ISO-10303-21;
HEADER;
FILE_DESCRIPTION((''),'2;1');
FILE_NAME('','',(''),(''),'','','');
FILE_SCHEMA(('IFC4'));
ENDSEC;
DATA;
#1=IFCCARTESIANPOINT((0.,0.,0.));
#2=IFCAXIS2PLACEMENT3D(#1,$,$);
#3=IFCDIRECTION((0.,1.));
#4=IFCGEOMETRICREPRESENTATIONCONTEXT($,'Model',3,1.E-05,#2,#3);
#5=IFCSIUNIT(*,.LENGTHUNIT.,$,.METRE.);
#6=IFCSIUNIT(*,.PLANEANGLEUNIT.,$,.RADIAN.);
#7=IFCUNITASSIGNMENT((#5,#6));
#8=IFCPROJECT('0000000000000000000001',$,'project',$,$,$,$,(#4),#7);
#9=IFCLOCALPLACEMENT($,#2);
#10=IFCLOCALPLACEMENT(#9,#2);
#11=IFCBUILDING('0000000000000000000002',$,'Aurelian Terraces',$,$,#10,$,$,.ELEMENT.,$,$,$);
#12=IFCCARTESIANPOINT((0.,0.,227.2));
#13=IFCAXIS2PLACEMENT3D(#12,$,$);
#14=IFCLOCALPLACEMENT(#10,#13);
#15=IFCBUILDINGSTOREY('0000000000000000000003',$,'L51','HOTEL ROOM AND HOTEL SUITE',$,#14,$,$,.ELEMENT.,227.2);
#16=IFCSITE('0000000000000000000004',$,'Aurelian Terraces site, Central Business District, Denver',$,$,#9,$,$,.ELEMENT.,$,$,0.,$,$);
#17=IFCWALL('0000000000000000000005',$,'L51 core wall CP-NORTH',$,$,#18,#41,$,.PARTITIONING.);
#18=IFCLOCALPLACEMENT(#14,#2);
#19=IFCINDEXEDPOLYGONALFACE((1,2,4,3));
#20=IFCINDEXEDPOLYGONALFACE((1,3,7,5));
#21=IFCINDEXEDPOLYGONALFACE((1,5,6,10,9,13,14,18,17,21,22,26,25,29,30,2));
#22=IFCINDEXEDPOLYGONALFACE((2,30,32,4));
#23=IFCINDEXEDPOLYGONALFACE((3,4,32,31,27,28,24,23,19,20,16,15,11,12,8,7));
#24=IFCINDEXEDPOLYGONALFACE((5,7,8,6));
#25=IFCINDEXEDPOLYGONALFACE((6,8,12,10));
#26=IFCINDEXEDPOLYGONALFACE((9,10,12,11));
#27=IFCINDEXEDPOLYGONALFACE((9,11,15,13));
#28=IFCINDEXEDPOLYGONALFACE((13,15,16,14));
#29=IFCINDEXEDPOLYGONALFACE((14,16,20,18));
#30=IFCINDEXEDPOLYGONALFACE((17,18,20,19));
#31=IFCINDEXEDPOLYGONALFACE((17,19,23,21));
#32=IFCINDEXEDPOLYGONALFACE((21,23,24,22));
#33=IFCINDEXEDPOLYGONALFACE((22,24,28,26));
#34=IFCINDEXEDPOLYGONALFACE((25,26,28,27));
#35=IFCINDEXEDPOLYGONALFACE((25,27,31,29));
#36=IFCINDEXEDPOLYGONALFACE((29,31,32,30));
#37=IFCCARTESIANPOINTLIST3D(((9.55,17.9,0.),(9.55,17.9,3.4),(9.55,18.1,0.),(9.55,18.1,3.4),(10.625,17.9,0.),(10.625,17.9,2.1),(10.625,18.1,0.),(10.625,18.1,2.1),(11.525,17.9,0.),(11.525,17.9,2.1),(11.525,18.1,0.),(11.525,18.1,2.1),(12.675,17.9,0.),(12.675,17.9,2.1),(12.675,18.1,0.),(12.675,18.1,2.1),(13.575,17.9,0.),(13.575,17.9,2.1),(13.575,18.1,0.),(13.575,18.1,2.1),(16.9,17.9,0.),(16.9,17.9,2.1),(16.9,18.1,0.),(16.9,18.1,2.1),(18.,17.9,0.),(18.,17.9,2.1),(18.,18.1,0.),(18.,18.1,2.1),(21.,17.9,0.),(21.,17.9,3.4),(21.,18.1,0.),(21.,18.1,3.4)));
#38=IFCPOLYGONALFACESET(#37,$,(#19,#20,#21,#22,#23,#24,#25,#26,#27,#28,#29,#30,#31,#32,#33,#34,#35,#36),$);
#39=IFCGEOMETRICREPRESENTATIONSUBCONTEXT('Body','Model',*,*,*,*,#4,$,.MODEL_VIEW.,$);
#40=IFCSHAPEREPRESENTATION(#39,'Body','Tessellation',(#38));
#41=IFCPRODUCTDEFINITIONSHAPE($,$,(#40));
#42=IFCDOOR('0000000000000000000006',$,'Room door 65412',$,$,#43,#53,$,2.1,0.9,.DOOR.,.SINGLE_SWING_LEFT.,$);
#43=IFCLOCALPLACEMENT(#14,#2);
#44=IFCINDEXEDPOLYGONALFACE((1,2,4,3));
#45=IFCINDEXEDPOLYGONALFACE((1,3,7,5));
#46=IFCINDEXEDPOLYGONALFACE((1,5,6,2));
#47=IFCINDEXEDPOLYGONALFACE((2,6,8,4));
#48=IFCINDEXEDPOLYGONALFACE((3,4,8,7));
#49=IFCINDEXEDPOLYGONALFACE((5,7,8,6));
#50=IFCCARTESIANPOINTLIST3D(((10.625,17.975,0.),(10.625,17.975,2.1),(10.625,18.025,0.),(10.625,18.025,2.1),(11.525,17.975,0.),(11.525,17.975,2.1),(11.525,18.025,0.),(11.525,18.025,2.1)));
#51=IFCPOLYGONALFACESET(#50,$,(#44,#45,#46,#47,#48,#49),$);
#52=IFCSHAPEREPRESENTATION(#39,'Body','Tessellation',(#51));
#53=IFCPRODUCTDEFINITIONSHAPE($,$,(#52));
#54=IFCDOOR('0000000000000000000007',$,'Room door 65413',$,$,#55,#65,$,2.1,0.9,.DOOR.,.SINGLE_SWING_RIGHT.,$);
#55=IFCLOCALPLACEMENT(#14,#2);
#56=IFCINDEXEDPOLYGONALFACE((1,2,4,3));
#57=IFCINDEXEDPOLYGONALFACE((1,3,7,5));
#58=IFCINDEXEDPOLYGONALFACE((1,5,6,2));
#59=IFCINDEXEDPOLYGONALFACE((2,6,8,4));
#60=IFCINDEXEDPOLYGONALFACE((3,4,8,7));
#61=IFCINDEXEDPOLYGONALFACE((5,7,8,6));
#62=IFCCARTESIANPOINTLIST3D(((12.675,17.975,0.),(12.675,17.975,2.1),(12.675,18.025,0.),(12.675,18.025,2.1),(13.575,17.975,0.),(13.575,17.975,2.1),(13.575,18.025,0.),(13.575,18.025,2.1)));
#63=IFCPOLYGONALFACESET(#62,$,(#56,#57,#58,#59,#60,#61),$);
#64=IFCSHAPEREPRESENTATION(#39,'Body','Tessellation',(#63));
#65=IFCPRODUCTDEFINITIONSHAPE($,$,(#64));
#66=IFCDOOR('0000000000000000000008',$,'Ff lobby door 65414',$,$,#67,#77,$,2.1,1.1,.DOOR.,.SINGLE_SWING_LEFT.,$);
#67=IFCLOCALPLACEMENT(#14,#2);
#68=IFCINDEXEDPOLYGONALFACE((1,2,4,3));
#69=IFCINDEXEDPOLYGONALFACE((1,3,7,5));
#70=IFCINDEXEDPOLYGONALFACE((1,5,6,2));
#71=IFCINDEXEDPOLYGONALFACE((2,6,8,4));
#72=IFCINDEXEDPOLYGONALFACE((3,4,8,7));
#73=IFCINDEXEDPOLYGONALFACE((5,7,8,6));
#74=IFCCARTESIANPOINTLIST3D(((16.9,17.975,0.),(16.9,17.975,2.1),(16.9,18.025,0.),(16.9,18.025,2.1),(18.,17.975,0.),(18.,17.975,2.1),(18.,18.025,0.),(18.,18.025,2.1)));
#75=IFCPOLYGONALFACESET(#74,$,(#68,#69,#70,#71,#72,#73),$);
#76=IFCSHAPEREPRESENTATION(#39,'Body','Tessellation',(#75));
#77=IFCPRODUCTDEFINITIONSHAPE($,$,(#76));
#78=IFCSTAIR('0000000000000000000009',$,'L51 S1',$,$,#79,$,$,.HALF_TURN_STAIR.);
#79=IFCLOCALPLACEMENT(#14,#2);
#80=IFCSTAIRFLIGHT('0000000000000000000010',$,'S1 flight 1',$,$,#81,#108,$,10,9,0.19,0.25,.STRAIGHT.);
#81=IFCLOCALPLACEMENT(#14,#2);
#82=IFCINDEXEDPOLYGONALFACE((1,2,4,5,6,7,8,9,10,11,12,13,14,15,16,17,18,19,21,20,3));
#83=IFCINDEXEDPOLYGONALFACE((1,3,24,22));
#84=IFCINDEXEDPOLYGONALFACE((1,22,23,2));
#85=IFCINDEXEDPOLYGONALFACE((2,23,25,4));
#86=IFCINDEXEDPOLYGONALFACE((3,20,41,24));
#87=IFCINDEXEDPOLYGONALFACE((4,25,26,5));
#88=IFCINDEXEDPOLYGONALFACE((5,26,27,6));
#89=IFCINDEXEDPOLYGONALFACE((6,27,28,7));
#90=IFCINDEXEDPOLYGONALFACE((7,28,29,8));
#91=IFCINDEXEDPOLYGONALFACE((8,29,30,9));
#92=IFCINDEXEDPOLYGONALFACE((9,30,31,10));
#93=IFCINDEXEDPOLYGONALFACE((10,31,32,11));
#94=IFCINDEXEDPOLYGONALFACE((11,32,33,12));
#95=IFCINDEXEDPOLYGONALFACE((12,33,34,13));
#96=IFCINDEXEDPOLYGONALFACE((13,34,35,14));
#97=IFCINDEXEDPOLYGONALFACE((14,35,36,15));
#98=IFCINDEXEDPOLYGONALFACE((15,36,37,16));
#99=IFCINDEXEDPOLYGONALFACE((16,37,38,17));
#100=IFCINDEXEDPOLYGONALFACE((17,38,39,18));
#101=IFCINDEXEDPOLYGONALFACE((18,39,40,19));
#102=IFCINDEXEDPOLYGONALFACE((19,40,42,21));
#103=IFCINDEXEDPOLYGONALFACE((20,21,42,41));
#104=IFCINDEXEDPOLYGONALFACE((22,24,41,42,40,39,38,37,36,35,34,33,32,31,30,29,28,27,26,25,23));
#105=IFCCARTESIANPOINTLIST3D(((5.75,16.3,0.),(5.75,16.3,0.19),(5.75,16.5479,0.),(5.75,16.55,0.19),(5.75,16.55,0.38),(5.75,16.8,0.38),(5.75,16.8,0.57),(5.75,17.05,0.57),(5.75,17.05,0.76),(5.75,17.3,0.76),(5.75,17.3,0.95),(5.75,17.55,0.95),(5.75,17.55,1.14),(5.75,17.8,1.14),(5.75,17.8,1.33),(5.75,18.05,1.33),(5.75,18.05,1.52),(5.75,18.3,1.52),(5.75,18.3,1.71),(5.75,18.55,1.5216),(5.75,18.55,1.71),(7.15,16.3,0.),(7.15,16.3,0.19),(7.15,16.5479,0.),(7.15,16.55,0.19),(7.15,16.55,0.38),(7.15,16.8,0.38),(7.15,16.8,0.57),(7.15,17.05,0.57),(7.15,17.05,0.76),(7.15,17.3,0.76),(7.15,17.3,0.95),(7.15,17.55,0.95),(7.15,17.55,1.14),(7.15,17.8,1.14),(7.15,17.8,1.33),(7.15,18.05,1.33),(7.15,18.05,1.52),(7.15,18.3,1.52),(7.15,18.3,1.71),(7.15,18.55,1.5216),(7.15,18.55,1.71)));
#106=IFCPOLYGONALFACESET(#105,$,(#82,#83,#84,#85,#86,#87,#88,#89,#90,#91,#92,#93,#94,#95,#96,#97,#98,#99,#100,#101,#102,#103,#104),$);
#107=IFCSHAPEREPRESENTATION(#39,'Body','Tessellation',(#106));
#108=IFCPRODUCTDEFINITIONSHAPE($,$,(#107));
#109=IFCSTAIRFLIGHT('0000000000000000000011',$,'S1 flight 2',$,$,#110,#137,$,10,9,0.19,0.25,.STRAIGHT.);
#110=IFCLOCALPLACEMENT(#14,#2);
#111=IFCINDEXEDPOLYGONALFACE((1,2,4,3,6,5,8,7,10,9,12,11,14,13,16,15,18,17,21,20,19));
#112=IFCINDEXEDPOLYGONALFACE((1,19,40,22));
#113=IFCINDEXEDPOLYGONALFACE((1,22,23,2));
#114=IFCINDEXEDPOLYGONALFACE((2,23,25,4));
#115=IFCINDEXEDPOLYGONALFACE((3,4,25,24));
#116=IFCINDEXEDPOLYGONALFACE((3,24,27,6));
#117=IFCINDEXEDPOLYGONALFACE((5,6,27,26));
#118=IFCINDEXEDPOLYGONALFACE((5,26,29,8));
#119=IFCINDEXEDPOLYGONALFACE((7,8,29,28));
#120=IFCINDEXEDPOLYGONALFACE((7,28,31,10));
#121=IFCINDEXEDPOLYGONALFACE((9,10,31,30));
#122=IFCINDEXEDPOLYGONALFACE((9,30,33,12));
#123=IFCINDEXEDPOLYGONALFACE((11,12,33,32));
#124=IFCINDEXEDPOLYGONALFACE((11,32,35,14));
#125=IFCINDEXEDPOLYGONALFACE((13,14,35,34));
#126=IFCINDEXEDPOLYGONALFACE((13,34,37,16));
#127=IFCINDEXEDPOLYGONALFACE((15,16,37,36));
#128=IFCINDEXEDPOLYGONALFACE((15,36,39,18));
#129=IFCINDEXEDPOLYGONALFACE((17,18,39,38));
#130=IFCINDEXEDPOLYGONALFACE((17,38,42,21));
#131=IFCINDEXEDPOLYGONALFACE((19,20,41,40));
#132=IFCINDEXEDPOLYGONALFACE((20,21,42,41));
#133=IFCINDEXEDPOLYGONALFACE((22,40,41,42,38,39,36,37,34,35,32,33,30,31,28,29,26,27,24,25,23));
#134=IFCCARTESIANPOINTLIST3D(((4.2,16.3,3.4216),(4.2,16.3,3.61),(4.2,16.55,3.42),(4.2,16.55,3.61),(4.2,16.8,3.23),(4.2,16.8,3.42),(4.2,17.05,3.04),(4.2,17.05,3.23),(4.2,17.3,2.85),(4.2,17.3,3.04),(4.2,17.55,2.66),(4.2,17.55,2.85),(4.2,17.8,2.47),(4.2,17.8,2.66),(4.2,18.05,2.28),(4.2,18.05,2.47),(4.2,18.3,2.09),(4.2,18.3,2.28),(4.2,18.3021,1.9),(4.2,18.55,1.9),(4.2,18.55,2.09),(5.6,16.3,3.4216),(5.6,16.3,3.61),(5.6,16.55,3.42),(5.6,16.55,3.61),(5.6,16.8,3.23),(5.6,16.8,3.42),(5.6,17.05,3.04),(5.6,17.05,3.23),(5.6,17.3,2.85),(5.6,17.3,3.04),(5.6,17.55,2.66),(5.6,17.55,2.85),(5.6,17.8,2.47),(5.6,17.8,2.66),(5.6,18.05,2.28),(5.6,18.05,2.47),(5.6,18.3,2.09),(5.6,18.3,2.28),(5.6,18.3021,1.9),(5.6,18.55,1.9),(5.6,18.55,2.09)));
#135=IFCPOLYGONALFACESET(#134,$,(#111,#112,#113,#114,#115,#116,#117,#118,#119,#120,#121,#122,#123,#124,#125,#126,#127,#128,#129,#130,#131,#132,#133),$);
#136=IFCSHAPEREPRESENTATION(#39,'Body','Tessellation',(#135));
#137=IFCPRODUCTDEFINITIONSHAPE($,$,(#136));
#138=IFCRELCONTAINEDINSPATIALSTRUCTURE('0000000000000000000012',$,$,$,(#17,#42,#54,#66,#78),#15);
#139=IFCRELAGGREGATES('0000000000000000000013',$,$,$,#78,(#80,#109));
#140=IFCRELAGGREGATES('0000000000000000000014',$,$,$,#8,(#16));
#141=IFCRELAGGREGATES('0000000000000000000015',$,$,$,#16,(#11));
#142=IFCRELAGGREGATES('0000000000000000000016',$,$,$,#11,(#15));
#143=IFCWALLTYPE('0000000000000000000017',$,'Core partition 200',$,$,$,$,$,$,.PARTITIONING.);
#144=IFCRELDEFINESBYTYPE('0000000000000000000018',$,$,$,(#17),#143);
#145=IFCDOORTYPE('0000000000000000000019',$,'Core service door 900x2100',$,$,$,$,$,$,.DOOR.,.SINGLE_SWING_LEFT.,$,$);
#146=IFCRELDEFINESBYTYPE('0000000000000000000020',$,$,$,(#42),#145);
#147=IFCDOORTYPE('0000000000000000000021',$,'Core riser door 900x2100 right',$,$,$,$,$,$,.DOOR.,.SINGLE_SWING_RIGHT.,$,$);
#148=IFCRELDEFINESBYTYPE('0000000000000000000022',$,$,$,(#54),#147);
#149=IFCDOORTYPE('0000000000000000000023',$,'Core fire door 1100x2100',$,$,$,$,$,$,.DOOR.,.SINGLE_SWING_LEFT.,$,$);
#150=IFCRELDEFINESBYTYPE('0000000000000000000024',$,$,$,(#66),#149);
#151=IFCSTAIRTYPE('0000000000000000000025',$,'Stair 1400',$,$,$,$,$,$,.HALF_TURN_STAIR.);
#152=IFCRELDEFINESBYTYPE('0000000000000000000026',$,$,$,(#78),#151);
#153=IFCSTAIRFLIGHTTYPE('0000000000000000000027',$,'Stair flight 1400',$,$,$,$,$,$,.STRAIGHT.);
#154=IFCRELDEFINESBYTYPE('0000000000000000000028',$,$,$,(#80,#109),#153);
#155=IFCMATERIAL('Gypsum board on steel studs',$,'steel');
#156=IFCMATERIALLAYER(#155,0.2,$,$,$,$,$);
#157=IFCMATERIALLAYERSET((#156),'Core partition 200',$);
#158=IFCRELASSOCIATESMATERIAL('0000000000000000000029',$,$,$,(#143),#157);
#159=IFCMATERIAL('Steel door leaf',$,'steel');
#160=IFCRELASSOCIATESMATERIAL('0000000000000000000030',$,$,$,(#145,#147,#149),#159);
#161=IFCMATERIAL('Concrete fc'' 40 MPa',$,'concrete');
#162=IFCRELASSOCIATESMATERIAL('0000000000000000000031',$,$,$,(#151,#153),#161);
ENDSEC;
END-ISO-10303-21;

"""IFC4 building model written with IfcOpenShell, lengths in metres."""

from ifc_helpers import new_model, si_unit, direction, frame, frame_2d, origin, place, context, subcontext, project, spatial, polyline, rectangle, outline, extrude, source, transform, mapped, material, layer, layer_set, type_object, element, fill, aggregate, save


model = new_model("IFC4")

# Units and contexts
model_context = context("Model", 3, precision=1e-05, world=origin(), true_north=direction((0.0, 1.0)))
body_context = subcontext(model_context, "Body", "Model", "MODEL_VIEW")
ifc_project = project(units=[si_unit("LENGTHUNIT", "METRE"), si_unit("PLANEANGLEUNIT", "RADIAN")], contexts=[model_context])

# Site, building, storey
site_placement = place(None, origin())
site = spatial("IfcSite", under=ifc_project, at=site_placement, Name="Aurelian Terraces site, Central Business District, Denver", CompositionType="ELEMENT", RefElevation=0.0)
building_placement = place(site_placement, origin())
building = spatial("IfcBuilding", under=site, at=building_placement, Name="Aurelian Terraces", CompositionType="ELEMENT")
storey_placement = place(building_placement, frame((0.0, 0.0, 227.2)))
storey = spatial("IfcBuildingStorey", under=building, at=storey_placement, Name="L51", Description="HOTEL ROOM AND HOTEL SUITE", CompositionType="ELEMENT", Elevation=227.2)

# Shared definitions
ifc_material_1 = material(Name="Concrete fc' 40 MPa", Category="concrete")
shared_shape_1 = source(origin(), body_context, "Body", "SweptSolid", [
    extrude(rectangle(XDim=1.1, YDim=2.1, at=frame_2d((0.55, 1.05))), frame((0.0, 0.11, 0.0), z_axis=(0.0, -1.0, 0.0), x_axis=(1.0, 0.0, 0.0)), (0.0, 0.0, 1.0), 0.22),
])
shared_shape_2 = source(origin(), body_context, "Body", "SweptSolid", [
    extrude(rectangle(XDim=1.1, YDim=2.1, at=frame_2d((0.55, 1.05))), frame((0.0, 0.025, 0.0), z_axis=(0.0, -1.0, 0.0), x_axis=(1.0, 0.0, 0.0)), (0.0, 0.0, 1.0), 0.05),
])

# Shared definitions
ifc_material_2 = material(Name="Gypsum board on steel studs", Category="steel")
ifc_layer_1 = layer(ifc_material_2, 0.2)
ifc_layer_set_1 = layer_set([ifc_layer_1], Name="Core partition 200")
wall_type_1 = type_object("IfcWallType", Name="Core partition 200", PredefinedType="PARTITIONING", material=ifc_layer_set_1)

# Shared definitions
ifc_material_3 = material(Name="Steel door leaf", Category="steel")

# Wall, openings, doors
shared_shape_3 = source(origin(), body_context, "Body", "SweptSolid", [
    extrude(rectangle(XDim=11.45, YDim=0.2, at=frame_2d((5.725, 0.0))), origin(), (0.0, 0.0, 1.0), 3.4),
])
wall_1_placement = place(storey_placement, frame((9.55, 18.0, 0.0), z_axis=(0.0, 0.0, 1.0), x_axis=(1.0, 0.0, 0.0)))
wall_1 = element("IfcWall", 1, at=wall_1_placement, inside=storey, type_object=wall_type_1, Name="L51 core wall CP-NORTH", PredefinedType="PARTITIONING", context=body_context, shape_type="MappedRepresentation", body=[
    mapped(shared_shape_3, transform((0.0, 0.0, 0.0), scale=1.0)),
])
shared_shape_4 = source(origin(), body_context, "Body", "SweptSolid", [
    extrude(rectangle(XDim=0.9, YDim=2.1, at=frame_2d((0.45, 1.05))), frame((0.0, 0.11, 0.0), z_axis=(0.0, -1.0, 0.0), x_axis=(1.0, 0.0, 0.0)), (0.0, 0.0, 1.0), 0.22),
])
opening_1_placement = place(wall_1_placement, frame((1.075, 0.0, 0.0)))
opening_1 = element("IfcOpeningElement", 2, at=opening_1_placement, cuts=wall_1, PredefinedType="OPENING", context=body_context, shape_type="MappedRepresentation", body=[
    mapped(shared_shape_4, transform((0.0, 0.0, 0.0), scale=1.0)),
])
opening_2_placement = place(wall_1_placement, frame((3.125, 0.0, 0.0)))
opening_2 = element("IfcOpeningElement", 3, at=opening_2_placement, cuts=wall_1, PredefinedType="OPENING", context=body_context, shape_type="MappedRepresentation", body=[
    mapped(shared_shape_4, transform((0.0, 0.0, 0.0), scale=1.0)),
])
opening_3_placement = place(wall_1_placement, frame((7.35, 0.0, 0.0)))
opening_3 = element("IfcOpeningElement", 4, at=opening_3_placement, cuts=wall_1, PredefinedType="OPENING", context=body_context, shape_type="MappedRepresentation", body=[
    mapped(shared_shape_1, transform((0.0, 0.0, 0.0), scale=1.0)),
])
door_type_1 = type_object("IfcDoorType", Name="Core service door 900x2100", OperationType="SINGLE_SWING_LEFT", PredefinedType="DOOR", material=ifc_material_3)
shared_shape_5 = source(origin(), body_context, "Body", "SweptSolid", [
    extrude(rectangle(XDim=0.9, YDim=2.1, at=frame_2d((0.45, 1.05))), frame((0.0, 0.025, 0.0), z_axis=(0.0, -1.0, 0.0), x_axis=(1.0, 0.0, 0.0)), (0.0, 0.0, 1.0), 0.05),
])
door_1_placement = place(opening_1_placement, origin())
door_1 = element("IfcDoor", 5, at=door_1_placement, inside=storey, type_object=door_type_1, Name="Room door 65412", OperationType="SINGLE_SWING_LEFT", OverallHeight=2.1, OverallWidth=0.9, PredefinedType="DOOR", context=body_context, shape_type="MappedRepresentation", body=[
    mapped(shared_shape_5, transform((0.0, 0.0, 0.0), scale=1.0)),
])
fill(opening_1, door_1)
door_type_2 = type_object("IfcDoorType", Name="Core riser door 900x2100 right", OperationType="SINGLE_SWING_RIGHT", PredefinedType="DOOR", material=ifc_material_3)
door_2_placement = place(opening_2_placement, origin())
door_2 = element("IfcDoor", 6, at=door_2_placement, inside=storey, type_object=door_type_2, Name="Room door 65413", OperationType="SINGLE_SWING_RIGHT", OverallHeight=2.1, OverallWidth=0.9, PredefinedType="DOOR", context=body_context, shape_type="MappedRepresentation", body=[
    mapped(shared_shape_5, transform((0.0, 0.0, 0.0), scale=1.0)),
])
fill(opening_2, door_2)
door_type_3 = type_object("IfcDoorType", Name="Core fire door 1100x2100", OperationType="SINGLE_SWING_LEFT", PredefinedType="DOOR", material=ifc_material_3)
door_3_placement = place(opening_3_placement, origin())
door_3 = element("IfcDoor", 7, at=door_3_placement, inside=storey, type_object=door_type_3, Name="Ff lobby door 65414", OperationType="SINGLE_SWING_LEFT", OverallHeight=2.1, OverallWidth=1.1, PredefinedType="DOOR", context=body_context, shape_type="MappedRepresentation", body=[
    mapped(shared_shape_2, transform((0.0, 0.0, 0.0), scale=1.0)),
])
fill(opening_3, door_3)

# Stair, stair flights
stair_type = type_object("IfcStairType", Name="Stair 1400", PredefinedType="HALF_TURN_STAIR", material=ifc_material_1)
stair_placement = place(storey_placement, origin())
stair = element("IfcStair", 8, at=stair_placement, inside=storey, type_object=stair_type, Name="L51 S1", PredefinedType="HALF_TURN_STAIR")
stair_flight_type = type_object("IfcStairFlightType", Name="Stair flight 1400", PredefinedType="STRAIGHT", material=ifc_material_1)
shared_shape_6 = source(origin(), body_context, "Body", "SweptSolid", [
    extrude(outline(polyline([(0.0, 0.0), (0.0, 0.19), (0.25, 0.19), (0.25, 0.38), (0.5, 0.38), (0.5, 0.57), (0.75, 0.57), (0.75, 0.76), (1.0, 0.76), (1.0, 0.95), (1.25, 0.95), (1.25, 1.14), (1.5, 1.14), (1.5, 1.33), (1.75, 1.33), (1.75, 1.52), (2.0, 1.52), (2.0, 1.71), (2.25, 1.71), (2.25, 1.9), (2.25, 1.5216), (0.2479, 0.0), (0.0, 0.0)])), frame((0.0, 0.7, 0.0), z_axis=(0.0, -1.0, 0.0), x_axis=(1.0, 0.0, 0.0)), (0.0, 0.0, 1.0), 1.4),
])
stair_flight_1_placement = place(storey_placement, frame((6.45, 16.3, 0.0), z_axis=(0.0, 0.0, 1.0), x_axis=(0.0, 1.0, 0.0)))
stair_flight_1 = element("IfcStairFlight", 9, at=stair_flight_1_placement, type_object=stair_flight_type, Name="S1 flight 1", NumberOfRisers=10, NumberOfTreads=9, PredefinedType="STRAIGHT", RiserHeight=0.19, TreadLength=0.25, context=body_context, shape_type="MappedRepresentation", body=[
    mapped(shared_shape_6, transform((0.0, 0.0, 0.0), scale=1.0)),
])
stair_flight_2_placement = place(storey_placement, frame((4.9, 18.55, 1.9), z_axis=(0.0, 0.0, 1.0), x_axis=(0.0, -1.0, 0.0)))
stair_flight_2 = element("IfcStairFlight", 10, at=stair_flight_2_placement, type_object=stair_flight_type, Name="S1 flight 2", NumberOfRisers=10, NumberOfTreads=9, PredefinedType="STRAIGHT", RiserHeight=0.19, TreadLength=0.25, context=body_context, shape_type="MappedRepresentation", body=[
    mapped(shared_shape_6, transform((0.0, 0.0, 0.0), scale=1.0)),
])
aggregate(stair, [stair_flight_1, stair_flight_2])

save(model, "model.ifc")
